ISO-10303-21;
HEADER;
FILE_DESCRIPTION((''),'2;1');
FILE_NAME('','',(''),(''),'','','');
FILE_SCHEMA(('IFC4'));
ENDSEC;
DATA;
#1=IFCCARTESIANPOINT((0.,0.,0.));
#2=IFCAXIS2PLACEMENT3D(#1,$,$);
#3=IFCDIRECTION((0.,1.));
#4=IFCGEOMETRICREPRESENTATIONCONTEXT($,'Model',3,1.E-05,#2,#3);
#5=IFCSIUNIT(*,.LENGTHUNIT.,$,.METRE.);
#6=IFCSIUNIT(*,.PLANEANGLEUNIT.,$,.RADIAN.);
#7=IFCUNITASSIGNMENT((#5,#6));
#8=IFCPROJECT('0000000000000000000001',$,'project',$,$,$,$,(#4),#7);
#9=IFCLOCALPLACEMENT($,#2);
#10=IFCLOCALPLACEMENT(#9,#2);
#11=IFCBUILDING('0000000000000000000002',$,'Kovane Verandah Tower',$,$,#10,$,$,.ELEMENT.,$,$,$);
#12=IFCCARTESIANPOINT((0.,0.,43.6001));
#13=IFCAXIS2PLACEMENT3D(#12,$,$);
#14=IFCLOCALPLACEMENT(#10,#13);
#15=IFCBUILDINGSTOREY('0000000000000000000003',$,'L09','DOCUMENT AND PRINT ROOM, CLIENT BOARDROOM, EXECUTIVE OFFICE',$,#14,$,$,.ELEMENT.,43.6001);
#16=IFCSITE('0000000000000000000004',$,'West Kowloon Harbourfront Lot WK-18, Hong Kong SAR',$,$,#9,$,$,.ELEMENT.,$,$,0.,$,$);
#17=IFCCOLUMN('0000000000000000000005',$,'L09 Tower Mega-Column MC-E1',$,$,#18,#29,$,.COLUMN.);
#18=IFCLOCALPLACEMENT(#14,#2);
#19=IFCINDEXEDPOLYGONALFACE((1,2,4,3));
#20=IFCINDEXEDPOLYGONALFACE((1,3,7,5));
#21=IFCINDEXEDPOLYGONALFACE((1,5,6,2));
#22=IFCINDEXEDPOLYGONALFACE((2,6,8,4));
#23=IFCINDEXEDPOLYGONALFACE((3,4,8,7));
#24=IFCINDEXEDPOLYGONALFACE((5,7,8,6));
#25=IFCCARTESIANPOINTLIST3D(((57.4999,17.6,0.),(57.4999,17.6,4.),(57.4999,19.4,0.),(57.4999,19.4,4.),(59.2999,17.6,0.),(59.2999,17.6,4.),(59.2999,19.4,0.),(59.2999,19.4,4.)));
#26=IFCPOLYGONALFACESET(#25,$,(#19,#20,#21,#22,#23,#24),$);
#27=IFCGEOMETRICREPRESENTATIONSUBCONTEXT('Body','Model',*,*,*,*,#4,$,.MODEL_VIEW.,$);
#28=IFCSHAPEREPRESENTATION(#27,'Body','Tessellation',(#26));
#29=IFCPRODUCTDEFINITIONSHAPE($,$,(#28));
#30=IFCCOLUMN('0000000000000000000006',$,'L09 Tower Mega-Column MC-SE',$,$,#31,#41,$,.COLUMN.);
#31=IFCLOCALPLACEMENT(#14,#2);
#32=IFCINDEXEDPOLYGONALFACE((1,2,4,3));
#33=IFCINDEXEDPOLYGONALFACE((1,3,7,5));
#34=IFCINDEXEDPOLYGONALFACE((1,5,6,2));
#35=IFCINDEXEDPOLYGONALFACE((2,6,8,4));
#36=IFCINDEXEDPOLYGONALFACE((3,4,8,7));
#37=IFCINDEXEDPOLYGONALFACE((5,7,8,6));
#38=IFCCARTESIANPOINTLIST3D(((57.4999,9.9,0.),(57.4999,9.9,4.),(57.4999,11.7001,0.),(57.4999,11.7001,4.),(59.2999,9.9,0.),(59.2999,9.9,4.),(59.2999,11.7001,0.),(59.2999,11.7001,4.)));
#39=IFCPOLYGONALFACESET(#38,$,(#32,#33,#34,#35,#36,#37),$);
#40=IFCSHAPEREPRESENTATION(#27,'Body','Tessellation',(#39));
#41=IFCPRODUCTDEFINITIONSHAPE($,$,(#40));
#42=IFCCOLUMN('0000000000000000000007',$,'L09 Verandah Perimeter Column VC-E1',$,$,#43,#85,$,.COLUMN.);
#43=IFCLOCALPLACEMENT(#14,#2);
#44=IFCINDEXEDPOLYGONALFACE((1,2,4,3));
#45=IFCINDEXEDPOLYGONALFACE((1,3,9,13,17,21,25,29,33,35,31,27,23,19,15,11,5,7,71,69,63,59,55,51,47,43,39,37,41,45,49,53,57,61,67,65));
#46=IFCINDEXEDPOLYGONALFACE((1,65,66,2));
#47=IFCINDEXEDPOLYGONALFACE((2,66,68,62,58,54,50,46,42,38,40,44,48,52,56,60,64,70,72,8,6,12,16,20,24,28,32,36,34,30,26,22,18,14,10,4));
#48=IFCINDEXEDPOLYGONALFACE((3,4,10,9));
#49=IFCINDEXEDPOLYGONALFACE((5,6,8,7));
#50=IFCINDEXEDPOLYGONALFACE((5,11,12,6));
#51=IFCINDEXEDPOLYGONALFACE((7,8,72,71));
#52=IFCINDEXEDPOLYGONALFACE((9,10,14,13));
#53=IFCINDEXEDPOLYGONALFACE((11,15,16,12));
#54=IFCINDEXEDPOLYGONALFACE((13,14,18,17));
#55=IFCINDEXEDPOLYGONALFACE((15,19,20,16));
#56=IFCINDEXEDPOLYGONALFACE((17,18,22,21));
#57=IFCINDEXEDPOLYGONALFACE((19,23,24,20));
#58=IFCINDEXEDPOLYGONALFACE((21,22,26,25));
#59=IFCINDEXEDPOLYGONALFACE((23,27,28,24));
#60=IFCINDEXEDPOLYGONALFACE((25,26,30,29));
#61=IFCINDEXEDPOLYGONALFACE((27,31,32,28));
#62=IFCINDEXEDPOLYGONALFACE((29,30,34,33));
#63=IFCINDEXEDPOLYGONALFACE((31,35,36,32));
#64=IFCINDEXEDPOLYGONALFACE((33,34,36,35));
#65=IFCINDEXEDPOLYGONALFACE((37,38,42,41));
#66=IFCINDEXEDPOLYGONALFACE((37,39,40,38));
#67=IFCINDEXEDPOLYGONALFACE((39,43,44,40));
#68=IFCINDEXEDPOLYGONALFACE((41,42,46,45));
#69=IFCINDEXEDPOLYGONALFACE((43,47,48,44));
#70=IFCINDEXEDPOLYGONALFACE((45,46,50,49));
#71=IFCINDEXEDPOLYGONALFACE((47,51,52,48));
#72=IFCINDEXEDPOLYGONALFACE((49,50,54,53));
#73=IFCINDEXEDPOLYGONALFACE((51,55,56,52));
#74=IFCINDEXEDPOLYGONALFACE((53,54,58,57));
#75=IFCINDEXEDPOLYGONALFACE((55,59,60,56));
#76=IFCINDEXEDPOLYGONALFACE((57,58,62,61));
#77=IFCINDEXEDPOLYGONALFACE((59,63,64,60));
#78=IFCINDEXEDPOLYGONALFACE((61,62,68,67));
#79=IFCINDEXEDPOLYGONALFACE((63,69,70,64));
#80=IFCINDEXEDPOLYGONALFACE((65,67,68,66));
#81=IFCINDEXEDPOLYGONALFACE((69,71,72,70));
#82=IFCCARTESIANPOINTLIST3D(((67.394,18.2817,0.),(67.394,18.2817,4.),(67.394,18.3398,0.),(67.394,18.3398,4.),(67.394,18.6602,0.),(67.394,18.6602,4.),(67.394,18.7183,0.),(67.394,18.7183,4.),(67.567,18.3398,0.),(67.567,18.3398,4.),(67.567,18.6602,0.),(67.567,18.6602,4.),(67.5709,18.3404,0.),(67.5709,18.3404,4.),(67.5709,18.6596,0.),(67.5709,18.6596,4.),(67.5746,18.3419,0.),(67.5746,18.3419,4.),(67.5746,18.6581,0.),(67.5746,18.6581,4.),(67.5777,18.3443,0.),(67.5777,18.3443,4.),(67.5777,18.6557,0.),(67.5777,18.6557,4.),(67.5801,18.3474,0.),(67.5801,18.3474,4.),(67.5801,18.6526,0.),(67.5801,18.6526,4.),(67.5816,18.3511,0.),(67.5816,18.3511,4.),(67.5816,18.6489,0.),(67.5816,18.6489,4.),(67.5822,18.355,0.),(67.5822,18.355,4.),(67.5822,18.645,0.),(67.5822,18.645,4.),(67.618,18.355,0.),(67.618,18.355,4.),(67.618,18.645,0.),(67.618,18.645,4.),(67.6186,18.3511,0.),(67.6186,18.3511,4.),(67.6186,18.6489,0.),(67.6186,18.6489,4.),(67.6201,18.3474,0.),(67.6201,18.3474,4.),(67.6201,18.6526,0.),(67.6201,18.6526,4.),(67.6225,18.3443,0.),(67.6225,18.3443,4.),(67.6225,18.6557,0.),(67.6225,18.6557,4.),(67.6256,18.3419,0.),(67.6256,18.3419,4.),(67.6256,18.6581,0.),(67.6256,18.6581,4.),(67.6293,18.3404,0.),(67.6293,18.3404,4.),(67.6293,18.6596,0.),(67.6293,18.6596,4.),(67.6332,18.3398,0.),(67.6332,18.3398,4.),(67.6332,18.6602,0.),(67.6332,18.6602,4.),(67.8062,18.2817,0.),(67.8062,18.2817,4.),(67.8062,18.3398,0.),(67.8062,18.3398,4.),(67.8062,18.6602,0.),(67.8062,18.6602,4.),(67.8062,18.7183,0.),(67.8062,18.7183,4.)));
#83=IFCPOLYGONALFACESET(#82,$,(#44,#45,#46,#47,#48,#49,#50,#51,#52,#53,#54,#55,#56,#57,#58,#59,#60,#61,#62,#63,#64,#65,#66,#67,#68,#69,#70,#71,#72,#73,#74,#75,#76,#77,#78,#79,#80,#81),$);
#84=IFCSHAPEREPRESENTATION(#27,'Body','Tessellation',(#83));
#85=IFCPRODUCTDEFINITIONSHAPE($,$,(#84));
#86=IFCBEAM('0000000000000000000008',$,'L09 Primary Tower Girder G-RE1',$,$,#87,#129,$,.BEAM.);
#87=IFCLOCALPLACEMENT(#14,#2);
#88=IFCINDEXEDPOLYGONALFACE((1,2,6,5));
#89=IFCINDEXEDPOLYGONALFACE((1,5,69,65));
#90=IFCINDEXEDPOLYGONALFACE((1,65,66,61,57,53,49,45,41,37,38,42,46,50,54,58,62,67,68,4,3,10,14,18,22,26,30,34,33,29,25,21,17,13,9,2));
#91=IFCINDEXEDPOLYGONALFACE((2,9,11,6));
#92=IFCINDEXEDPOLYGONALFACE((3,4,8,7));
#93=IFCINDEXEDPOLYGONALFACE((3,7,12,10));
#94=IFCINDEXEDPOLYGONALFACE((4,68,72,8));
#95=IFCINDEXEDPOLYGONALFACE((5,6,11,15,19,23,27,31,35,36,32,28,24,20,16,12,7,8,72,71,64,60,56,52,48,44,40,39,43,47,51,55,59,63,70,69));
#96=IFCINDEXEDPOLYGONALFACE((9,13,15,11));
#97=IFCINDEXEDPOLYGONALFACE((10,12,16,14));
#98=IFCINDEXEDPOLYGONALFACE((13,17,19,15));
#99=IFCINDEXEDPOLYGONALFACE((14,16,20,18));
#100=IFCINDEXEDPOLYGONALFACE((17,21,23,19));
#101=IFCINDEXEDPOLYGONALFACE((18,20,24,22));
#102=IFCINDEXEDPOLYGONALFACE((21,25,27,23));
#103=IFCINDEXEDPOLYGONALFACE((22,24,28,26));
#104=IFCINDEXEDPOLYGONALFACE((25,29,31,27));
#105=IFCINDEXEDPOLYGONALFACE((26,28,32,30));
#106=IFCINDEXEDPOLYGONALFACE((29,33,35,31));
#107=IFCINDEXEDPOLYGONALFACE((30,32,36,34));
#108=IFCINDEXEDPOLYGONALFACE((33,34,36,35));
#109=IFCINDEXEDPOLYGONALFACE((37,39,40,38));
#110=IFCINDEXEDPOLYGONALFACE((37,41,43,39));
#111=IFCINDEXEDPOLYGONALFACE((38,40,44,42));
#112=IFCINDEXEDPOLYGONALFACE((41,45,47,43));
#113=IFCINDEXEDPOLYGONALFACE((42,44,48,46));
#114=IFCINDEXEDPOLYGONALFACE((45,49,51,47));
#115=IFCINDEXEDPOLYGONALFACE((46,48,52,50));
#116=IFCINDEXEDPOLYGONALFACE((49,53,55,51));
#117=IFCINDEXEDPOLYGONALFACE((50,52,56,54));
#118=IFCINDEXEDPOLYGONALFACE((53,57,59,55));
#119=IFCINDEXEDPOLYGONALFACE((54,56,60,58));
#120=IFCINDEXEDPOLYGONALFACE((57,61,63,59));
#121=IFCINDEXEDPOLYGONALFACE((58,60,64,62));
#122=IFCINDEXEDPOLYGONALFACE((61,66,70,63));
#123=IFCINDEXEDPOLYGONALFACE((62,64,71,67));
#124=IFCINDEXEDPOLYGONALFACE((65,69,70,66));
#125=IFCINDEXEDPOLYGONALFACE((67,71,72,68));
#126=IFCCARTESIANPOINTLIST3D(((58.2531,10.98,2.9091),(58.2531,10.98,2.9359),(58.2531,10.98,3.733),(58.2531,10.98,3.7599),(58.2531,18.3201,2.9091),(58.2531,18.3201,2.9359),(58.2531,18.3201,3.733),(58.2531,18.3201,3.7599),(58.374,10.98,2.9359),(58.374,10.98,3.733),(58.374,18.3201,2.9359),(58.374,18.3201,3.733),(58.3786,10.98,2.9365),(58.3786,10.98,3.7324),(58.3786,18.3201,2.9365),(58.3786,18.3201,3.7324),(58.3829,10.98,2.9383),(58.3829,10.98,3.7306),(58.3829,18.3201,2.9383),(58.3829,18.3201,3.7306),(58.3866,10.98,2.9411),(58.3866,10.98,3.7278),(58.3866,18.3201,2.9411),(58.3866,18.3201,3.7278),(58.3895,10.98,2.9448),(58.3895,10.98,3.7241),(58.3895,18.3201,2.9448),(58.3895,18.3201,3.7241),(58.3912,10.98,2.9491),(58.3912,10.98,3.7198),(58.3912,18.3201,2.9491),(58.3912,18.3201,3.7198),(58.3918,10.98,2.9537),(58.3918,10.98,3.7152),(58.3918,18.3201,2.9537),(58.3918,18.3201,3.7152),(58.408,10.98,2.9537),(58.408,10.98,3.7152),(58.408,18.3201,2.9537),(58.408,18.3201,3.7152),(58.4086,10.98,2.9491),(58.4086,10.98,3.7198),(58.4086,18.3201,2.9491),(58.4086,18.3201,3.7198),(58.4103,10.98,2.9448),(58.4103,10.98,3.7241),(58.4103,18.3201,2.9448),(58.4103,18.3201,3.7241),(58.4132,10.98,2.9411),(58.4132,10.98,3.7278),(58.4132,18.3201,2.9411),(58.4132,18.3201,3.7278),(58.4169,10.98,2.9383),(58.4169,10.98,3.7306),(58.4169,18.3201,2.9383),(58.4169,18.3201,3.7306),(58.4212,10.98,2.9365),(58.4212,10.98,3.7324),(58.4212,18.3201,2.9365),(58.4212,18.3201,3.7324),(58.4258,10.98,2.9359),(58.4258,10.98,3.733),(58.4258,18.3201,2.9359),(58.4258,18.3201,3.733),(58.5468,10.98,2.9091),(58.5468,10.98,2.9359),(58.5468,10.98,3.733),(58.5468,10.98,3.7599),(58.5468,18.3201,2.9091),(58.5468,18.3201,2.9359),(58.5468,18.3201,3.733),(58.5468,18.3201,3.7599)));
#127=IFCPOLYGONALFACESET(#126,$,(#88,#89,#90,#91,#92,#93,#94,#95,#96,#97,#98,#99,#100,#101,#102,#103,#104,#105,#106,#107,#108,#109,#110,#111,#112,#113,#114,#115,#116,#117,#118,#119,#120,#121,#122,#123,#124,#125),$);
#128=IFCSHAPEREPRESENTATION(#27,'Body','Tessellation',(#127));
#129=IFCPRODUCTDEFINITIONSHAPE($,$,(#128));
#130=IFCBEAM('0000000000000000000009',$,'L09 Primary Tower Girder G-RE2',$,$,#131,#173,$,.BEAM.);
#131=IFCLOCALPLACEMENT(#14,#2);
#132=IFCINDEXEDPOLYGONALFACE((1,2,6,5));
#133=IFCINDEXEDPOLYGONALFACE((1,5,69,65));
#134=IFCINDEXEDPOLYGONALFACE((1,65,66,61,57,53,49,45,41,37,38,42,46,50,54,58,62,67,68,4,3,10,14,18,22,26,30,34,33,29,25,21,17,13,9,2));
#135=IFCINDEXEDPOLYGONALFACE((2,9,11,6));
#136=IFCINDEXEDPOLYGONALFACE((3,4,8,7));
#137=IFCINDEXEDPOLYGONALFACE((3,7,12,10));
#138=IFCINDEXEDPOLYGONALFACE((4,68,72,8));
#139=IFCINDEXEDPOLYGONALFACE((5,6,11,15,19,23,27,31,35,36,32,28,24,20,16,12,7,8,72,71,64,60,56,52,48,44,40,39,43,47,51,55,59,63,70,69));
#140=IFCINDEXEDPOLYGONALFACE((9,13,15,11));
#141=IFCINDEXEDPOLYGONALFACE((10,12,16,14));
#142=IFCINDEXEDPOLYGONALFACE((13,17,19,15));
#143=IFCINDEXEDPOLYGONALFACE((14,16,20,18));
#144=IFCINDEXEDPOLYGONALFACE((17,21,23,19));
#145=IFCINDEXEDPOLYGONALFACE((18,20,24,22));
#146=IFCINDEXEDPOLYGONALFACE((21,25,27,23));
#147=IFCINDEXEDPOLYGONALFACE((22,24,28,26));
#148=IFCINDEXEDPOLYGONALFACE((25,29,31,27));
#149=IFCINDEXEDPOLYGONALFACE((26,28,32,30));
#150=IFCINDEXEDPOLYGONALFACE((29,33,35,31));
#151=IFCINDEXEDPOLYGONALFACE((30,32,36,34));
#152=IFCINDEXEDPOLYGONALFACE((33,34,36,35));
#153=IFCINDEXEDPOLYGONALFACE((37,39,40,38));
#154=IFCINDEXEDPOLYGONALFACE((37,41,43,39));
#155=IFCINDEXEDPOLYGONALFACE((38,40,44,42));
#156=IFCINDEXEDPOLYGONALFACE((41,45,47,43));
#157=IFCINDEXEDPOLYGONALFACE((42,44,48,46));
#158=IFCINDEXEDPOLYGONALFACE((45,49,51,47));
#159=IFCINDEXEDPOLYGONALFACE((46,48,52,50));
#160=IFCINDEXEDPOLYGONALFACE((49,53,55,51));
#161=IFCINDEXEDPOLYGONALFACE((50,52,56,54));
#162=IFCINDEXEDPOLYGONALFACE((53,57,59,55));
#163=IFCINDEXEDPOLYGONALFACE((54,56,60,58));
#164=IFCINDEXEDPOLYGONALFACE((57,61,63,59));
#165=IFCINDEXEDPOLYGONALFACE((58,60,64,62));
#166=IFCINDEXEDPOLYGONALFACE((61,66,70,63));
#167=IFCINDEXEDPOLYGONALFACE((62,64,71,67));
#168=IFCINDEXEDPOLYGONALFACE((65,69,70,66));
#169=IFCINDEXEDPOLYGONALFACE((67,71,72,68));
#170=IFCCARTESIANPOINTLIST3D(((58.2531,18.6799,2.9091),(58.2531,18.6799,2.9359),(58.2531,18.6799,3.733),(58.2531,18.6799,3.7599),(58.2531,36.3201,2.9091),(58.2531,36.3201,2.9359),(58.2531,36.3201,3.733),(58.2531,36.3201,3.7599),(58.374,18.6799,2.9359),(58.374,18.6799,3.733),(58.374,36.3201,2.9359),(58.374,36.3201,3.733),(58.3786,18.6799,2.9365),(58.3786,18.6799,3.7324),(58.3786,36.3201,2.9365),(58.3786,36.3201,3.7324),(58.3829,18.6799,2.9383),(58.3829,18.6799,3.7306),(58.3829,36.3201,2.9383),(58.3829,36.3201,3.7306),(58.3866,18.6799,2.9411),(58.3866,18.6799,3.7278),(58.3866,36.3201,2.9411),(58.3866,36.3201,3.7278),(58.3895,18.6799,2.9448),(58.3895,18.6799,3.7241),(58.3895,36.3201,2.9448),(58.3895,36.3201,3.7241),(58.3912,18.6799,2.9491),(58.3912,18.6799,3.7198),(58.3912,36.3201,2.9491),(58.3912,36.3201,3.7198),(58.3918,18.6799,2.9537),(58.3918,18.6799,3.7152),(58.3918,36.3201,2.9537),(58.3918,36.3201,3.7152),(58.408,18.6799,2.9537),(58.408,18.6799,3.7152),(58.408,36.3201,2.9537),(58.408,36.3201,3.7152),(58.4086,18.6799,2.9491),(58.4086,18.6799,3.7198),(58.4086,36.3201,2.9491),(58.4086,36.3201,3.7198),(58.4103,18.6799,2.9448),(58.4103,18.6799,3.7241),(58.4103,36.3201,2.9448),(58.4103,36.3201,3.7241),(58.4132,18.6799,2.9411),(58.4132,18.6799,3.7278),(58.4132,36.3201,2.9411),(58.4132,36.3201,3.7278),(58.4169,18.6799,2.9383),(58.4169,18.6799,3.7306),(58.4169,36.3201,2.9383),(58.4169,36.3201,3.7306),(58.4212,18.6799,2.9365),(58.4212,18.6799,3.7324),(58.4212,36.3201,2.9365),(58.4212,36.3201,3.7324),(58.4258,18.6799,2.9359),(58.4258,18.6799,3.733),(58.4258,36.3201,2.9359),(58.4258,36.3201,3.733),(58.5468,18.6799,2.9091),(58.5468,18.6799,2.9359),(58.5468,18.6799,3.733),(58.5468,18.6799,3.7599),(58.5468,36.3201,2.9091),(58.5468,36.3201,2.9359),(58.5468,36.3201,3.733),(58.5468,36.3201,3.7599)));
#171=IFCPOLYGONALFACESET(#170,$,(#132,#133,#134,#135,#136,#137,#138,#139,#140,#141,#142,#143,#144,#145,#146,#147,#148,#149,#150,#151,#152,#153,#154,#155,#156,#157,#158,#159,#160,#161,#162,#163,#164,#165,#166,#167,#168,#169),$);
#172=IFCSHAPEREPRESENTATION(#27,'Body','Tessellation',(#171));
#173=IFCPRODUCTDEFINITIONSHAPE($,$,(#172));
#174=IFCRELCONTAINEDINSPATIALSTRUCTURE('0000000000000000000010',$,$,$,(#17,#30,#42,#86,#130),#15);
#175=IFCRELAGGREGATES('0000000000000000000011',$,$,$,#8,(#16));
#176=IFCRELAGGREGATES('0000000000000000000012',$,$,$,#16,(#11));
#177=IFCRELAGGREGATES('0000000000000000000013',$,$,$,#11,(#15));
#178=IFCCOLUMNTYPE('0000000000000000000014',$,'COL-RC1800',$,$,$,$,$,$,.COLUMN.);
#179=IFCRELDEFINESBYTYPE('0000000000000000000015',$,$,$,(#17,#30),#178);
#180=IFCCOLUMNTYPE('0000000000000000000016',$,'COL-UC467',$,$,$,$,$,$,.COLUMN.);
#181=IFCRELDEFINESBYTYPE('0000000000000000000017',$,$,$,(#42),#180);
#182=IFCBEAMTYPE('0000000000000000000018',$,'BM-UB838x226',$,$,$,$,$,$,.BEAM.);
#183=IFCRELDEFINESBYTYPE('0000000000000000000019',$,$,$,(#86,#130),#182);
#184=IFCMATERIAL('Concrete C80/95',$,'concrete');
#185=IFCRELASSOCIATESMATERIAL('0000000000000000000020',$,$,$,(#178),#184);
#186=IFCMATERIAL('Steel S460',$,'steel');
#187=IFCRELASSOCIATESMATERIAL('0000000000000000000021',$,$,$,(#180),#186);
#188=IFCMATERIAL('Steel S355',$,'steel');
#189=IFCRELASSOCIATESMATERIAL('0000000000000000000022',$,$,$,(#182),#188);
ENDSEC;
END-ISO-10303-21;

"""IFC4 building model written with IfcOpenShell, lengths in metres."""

from ifc_helpers import new_model, si_unit, direction, frame, origin, origin_2d, place, context, subcontext, project, spatial, rectangle, i_section, extrude, material, material_profile, profile_set, type_object, element, save


model = new_model("IFC4")

# Units and contexts
model_context = context("Model", 3, precision=1e-05, world=origin(), true_north=direction((0.0, 1.0)))
body_context = subcontext(model_context, "Body", "Model", "MODEL_VIEW")
ifc_project = project(units=[si_unit("LENGTHUNIT", "METRE"), si_unit("PLANEANGLEUNIT", "RADIAN")], contexts=[model_context])

# Site, building, storey
site_placement = place(None, origin())
site = spatial("IfcSite", under=ifc_project, at=site_placement, Name="West Kowloon Harbourfront Lot WK-18, Hong Kong SAR", CompositionType="ELEMENT", RefElevation=0.0)
building_placement = place(site_placement, origin())
building = spatial("IfcBuilding", under=site, at=building_placement, Name="Kovane Verandah Tower", CompositionType="ELEMENT")
storey_placement = place(building_placement, frame((0.0, 0.0, 43.6001)))
storey = spatial("IfcBuildingStorey", under=building, at=storey_placement, Name="L09", Description="DOCUMENT AND PRINT ROOM, CLIENT BOARDROOM, EXECUTIVE OFFICE", CompositionType="ELEMENT", Elevation=43.6001)

# Columns
ifc_material_1 = material(Name="Concrete C80/95", Category="concrete")
ifc_material_profile_1 = material_profile(ifc_material_1, rectangle(XDim=1.8, YDim=1.8, at=origin_2d()), Name="RC1800x1800")
ifc_profile_set_1 = profile_set([ifc_material_profile_1], Name="Concrete C80/95")
column_type_1 = type_object("IfcColumnType", Name="COL-RC1800", PredefinedType="COLUMN", material=ifc_profile_set_1)
for number, where, z_axis, x_axis, name in (
    (1, (58.3999, 18.5, 0.0), (0.0, 0.0, 1.0), (1.0, 0.0, 0.0), "L09 Tower Mega-Column MC-E1"),
    (2, (58.3999, 10.8, 0.0), (0.0, 0.0, 1.0), (1.0, 0.0, 0.0), "L09 Tower Mega-Column MC-SE"),
):
    element("IfcColumn", number, at=place(storey_placement, frame(where, z_axis=z_axis, x_axis=x_axis)), inside=storey, type_object=column_type_1, Name=name, PredefinedType="COLUMN", context=body_context, shape_type="SweptSolid", body=[
        extrude(rectangle(XDim=1.8, YDim=1.8, at=origin_2d()), origin(), (0.0, 0.0, 1.0), 4.0),
    ])
ifc_material_2 = material(Name="Steel S460", Category="steel")
ifc_material_profile_2 = material_profile(ifc_material_2, i_section(OverallWidth=0.4121, OverallDepth=0.4365, WebThickness=0.0359, FlangeThickness=0.0581, FilletRadius=0.0151, at=origin_2d()), Name="UC356x406x467")
ifc_profile_set_2 = profile_set([ifc_material_profile_2], Name="Steel S460")
column_type_2 = type_object("IfcColumnType", Name="COL-UC467", PredefinedType="COLUMN", material=ifc_profile_set_2)
column_placement = place(storey_placement, frame((67.6001, 18.5, 0.0), z_axis=(0.0, 0.0, 1.0), x_axis=(1.0, 0.0, 0.0)))
element("IfcColumn", 3, at=column_placement, inside=storey, type_object=column_type_2, Name="L09 Verandah Perimeter Column VC-E1", PredefinedType="COLUMN", context=body_context, shape_type="SweptSolid", body=[
    extrude(i_section(OverallWidth=0.4121, OverallDepth=0.4365, WebThickness=0.0359, FlangeThickness=0.0581, FilletRadius=0.0151, at=origin_2d()), origin(), (0.0, 0.0, 1.0), 4.0),
])

# Beams
ifc_material_3 = material(Name="Steel S355", Category="steel")
ifc_material_profile_3 = material_profile(ifc_material_3, i_section(OverallWidth=0.2937, OverallDepth=0.8508, WebThickness=0.0161, FlangeThickness=0.0269, FilletRadius=0.0178, at=origin_2d()), Name="UB838x292x226")
ifc_profile_set_3 = profile_set([ifc_material_profile_3], Name="Steel S355")
beam_type_1 = type_object("IfcBeamType", Name="BM-UB838x226", PredefinedType="BEAM", material=ifc_profile_set_3)
beam_1_placement = place(storey_placement, frame((58.3999, 10.98, 3.3345), z_axis=(0.0, 1.0, 0.0), x_axis=(-1.0, 0.0, 0.0)))
element("IfcBeam", 4, at=beam_1_placement, inside=storey, type_object=beam_type_1, Name="L09 Primary Tower Girder G-RE1", PredefinedType="BEAM", context=body_context, shape_type="SweptSolid", body=[
    extrude(i_section(OverallWidth=0.2937, OverallDepth=0.8508, WebThickness=0.0161, FlangeThickness=0.0269, FilletRadius=0.0178, at=origin_2d()), origin(), (0.0, 0.0, 1.0), 7.3401),
])
beam_2_placement = place(storey_placement, frame((58.3999, 18.6799, 3.3345), z_axis=(0.0, 1.0, 0.0), x_axis=(-1.0, 0.0, 0.0)))
element("IfcBeam", 5, at=beam_2_placement, inside=storey, type_object=beam_type_1, Name="L09 Primary Tower Girder G-RE2", PredefinedType="BEAM", context=body_context, shape_type="SweptSolid", body=[
    extrude(i_section(OverallWidth=0.2937, OverallDepth=0.8508, WebThickness=0.0161, FlangeThickness=0.0269, FilletRadius=0.0178, at=origin_2d()), origin(), (0.0, 0.0, 1.0), 17.6401),
])

save(model, "model.ifc")
